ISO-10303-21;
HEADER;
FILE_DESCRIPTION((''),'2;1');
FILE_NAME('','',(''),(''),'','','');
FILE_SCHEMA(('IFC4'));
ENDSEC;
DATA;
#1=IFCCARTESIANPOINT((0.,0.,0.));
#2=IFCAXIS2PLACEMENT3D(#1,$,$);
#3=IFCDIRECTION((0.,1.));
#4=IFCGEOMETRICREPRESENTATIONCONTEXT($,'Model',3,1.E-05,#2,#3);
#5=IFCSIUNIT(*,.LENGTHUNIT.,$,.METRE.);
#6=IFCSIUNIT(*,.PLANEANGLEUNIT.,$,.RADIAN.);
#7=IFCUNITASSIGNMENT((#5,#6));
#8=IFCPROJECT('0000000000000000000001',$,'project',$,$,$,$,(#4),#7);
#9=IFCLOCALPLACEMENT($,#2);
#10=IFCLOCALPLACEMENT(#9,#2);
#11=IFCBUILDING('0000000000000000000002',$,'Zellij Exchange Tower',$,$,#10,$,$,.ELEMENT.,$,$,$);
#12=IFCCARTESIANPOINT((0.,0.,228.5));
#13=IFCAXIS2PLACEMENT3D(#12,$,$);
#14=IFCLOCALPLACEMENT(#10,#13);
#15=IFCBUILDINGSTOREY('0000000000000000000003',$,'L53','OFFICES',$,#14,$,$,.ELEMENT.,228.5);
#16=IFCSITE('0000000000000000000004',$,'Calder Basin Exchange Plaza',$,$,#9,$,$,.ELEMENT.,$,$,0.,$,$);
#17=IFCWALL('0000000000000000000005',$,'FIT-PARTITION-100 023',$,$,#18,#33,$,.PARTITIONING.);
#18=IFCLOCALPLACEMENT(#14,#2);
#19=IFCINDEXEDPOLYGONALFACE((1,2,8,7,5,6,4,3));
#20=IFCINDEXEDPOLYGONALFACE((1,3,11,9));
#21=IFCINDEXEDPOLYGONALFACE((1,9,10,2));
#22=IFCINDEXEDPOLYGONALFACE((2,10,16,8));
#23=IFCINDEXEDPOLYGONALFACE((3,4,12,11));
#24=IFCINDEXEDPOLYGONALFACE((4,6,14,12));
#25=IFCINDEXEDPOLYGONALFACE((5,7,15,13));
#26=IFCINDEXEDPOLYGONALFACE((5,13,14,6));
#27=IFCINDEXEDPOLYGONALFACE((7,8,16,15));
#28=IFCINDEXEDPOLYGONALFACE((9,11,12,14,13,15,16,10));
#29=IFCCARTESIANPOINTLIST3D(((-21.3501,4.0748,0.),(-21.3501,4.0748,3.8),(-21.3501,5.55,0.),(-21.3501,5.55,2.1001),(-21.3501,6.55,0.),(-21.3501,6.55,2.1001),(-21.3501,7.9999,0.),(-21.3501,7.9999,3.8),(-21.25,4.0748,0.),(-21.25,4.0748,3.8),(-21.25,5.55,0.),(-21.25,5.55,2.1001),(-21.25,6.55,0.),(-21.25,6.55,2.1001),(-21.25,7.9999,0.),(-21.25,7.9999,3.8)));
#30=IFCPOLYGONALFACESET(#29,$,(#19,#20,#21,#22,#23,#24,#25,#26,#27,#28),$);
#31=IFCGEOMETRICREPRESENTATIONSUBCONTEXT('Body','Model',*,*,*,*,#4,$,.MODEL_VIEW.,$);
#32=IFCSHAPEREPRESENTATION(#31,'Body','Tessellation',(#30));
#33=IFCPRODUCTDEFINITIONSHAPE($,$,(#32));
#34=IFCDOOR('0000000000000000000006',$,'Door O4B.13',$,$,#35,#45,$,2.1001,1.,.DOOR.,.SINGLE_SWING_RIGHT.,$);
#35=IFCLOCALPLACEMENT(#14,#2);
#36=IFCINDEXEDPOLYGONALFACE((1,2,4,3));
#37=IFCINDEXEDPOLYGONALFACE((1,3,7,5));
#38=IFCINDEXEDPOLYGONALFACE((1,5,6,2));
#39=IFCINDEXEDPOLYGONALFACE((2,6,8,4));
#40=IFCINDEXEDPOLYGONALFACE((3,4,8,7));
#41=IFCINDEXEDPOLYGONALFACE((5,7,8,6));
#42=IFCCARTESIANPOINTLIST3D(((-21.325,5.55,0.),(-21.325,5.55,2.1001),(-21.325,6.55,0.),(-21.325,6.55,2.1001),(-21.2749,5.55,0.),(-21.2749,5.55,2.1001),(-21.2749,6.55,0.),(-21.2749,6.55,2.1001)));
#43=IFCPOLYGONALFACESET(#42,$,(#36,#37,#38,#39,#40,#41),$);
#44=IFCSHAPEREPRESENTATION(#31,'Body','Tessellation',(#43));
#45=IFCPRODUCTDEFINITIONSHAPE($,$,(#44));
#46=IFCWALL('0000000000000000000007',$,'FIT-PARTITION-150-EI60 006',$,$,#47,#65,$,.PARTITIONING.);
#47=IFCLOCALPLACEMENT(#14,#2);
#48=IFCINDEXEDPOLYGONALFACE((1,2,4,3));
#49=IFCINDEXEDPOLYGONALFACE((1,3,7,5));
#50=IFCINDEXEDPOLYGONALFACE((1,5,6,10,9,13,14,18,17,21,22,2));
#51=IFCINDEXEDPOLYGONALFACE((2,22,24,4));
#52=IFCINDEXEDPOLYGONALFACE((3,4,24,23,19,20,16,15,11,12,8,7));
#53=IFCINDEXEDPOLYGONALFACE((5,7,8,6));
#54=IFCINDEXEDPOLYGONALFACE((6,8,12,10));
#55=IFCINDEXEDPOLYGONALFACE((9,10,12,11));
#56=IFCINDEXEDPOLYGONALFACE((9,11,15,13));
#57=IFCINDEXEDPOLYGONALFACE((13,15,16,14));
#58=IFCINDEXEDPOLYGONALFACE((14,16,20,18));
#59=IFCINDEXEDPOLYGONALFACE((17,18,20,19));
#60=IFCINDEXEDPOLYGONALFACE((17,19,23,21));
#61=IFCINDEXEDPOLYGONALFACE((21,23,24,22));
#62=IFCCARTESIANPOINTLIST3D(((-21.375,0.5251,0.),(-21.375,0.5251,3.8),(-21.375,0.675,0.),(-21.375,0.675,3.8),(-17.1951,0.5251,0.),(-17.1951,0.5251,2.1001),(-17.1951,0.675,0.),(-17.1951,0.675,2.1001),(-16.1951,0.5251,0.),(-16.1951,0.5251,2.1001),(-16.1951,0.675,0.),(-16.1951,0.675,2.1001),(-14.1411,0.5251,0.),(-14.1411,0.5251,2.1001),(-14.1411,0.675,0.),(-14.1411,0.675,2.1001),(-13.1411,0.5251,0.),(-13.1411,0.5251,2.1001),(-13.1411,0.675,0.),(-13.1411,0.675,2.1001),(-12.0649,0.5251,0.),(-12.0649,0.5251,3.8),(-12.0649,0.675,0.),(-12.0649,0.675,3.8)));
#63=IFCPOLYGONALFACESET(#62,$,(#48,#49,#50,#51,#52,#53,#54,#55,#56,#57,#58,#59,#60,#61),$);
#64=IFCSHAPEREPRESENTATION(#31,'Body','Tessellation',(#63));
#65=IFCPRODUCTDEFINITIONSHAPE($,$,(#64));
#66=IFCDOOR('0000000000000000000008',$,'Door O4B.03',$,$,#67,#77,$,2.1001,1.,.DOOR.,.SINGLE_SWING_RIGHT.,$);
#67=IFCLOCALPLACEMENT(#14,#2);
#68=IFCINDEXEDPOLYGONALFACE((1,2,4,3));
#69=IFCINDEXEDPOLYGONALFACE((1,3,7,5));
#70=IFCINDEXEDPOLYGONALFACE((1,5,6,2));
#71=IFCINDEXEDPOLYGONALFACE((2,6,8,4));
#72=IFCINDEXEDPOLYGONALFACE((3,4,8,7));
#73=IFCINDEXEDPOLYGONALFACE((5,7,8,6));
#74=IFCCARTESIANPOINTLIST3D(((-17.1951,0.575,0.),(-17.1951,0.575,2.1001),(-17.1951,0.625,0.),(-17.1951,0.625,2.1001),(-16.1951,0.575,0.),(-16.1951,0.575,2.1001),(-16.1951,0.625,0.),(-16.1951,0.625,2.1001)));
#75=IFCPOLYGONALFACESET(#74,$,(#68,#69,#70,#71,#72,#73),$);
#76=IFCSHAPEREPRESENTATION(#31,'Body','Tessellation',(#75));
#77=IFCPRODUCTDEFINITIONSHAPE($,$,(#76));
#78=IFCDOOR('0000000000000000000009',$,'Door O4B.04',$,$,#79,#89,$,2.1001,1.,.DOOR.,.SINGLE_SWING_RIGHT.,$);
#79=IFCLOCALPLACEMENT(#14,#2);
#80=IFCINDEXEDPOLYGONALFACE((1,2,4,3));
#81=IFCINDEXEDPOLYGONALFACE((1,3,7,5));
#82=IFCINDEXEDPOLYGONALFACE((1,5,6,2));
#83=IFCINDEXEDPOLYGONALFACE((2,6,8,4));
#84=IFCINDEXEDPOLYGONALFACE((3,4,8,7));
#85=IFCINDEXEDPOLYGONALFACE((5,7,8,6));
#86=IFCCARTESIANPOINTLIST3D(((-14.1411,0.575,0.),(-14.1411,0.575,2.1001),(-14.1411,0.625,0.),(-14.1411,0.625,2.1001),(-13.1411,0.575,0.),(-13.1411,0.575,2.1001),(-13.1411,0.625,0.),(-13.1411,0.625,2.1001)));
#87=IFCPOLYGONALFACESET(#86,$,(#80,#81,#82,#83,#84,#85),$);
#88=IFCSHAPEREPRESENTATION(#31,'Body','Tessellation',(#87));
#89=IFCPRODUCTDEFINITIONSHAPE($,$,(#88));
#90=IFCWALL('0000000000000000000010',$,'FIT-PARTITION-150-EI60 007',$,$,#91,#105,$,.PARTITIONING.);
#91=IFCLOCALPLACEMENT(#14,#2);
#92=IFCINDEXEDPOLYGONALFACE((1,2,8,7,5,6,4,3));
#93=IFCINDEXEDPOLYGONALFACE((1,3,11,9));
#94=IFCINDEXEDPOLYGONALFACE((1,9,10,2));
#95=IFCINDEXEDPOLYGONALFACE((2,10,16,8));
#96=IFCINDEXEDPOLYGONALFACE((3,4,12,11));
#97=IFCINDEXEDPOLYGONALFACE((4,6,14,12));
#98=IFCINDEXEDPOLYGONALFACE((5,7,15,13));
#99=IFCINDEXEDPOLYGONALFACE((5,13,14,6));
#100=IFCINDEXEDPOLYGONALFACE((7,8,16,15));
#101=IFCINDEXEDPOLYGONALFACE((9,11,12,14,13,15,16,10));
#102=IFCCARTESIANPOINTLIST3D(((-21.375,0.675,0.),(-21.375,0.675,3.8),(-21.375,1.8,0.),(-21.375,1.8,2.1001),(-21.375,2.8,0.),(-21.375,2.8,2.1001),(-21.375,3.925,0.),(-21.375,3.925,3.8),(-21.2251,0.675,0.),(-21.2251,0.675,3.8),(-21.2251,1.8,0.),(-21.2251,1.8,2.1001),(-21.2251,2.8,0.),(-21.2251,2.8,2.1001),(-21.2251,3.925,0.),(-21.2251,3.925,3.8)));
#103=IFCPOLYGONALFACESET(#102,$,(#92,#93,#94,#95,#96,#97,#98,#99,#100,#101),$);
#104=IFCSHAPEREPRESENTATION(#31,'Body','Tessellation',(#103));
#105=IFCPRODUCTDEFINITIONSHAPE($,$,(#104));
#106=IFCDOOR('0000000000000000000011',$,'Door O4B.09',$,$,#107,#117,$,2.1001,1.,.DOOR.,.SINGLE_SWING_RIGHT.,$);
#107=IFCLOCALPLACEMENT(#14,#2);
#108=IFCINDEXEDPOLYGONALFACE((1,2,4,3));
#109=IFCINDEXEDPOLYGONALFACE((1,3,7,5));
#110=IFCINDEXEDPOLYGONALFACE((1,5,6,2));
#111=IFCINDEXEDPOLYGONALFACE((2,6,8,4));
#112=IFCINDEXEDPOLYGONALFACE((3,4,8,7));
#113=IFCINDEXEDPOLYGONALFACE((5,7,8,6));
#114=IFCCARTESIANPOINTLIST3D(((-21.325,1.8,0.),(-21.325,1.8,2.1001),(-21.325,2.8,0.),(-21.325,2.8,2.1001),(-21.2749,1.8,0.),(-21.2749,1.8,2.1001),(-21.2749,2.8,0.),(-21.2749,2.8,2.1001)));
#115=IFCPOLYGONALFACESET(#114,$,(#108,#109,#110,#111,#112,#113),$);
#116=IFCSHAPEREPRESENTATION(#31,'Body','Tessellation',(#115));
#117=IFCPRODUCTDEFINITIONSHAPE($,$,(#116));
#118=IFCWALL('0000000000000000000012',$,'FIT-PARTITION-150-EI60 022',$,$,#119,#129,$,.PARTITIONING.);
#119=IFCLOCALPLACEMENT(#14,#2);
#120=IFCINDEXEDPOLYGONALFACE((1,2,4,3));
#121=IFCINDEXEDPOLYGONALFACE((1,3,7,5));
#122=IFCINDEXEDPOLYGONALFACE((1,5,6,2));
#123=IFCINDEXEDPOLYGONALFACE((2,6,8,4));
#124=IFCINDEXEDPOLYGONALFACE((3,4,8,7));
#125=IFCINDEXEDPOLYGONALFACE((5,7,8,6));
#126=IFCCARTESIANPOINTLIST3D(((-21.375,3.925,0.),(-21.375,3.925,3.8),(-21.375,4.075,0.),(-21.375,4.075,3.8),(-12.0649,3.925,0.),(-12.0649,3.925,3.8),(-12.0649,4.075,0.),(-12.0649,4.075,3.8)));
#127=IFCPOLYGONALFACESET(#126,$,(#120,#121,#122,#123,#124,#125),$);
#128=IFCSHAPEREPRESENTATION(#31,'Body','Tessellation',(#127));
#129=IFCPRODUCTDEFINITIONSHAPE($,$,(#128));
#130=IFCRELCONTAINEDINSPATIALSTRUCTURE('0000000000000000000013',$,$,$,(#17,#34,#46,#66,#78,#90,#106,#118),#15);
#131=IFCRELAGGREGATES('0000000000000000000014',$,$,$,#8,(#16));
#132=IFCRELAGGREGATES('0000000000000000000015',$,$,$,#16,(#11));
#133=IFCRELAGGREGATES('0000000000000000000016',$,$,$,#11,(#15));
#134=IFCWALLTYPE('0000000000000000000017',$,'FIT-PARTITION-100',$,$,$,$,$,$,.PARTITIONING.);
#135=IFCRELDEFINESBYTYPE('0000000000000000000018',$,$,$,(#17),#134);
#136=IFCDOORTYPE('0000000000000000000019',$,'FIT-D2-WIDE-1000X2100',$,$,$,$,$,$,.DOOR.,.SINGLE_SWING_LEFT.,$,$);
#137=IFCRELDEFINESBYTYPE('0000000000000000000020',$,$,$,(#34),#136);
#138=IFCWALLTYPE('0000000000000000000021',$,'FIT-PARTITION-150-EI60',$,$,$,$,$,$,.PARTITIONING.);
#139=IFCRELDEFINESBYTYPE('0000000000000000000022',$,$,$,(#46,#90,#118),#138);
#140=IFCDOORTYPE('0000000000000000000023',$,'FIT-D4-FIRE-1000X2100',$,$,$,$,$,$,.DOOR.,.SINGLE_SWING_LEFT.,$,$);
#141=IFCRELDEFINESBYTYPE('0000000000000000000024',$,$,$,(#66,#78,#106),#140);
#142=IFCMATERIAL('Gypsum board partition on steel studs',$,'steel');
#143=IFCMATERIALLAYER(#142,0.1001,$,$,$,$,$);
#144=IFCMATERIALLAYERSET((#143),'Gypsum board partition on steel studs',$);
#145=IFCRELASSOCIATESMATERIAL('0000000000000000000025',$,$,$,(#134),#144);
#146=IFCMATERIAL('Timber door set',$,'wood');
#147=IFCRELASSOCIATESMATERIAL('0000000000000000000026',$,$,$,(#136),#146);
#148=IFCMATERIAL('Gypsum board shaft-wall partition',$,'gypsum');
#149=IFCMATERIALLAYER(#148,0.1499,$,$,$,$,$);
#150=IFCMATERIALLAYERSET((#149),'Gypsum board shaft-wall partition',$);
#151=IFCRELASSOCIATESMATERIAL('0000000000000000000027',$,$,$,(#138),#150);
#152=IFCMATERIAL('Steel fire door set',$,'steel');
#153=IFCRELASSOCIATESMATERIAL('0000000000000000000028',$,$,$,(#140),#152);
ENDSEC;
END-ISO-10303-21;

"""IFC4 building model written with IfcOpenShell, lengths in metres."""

from ifc_helpers import new_model, si_unit, direction, frame, frame_2d, origin, place, context, subcontext, project, spatial, rectangle, extrude, material, layer, layer_set, type_object, element, fill, save


model = new_model("IFC4")

# Units and contexts
model_context = context("Model", 3, precision=1e-05, world=origin(), true_north=direction((0.0, 1.0)))
body_context = subcontext(model_context, "Body", "Model", "MODEL_VIEW")
ifc_project = project(units=[si_unit("LENGTHUNIT", "METRE"), si_unit("PLANEANGLEUNIT", "RADIAN")], contexts=[model_context])

# Site, building, storey
site_placement = place(None, origin())
site = spatial("IfcSite", under=ifc_project, at=site_placement, Name="Calder Basin Exchange Plaza", CompositionType="ELEMENT", RefElevation=0.0)
building_placement = place(site_placement, origin())
building = spatial("IfcBuilding", under=site, at=building_placement, Name="Zellij Exchange Tower", CompositionType="ELEMENT")
storey_placement = place(building_placement, frame((0.0, 0.0, 228.5)))
storey = spatial("IfcBuildingStorey", under=building, at=storey_placement, Name="L53", Description="OFFICES", CompositionType="ELEMENT", Elevation=228.5)

# Shared definitions
ifc_material_1 = material(Name="Gypsum board partition on steel studs", Category="steel")
ifc_layer_1 = layer(ifc_material_1, 0.1001)
ifc_layer_set_1 = layer_set([ifc_layer_1], Name="Gypsum board partition on steel studs")
wall_type_1 = type_object("IfcWallType", Name="FIT-PARTITION-100", PredefinedType="PARTITIONING", material=ifc_layer_set_1)

# Wall, opening, door
wall_1_placement = place(storey_placement, frame((-21.3, 4.075, 0.0), z_axis=(0.0, 0.0, 1.0), x_axis=(0.0, 1.0, 0.0)))
wall_1 = element("IfcWall", 1, at=wall_1_placement, inside=storey, type_object=wall_type_1, Name="FIT-PARTITION-100 023", PredefinedType="PARTITIONING", context=body_context, shape_type="SweptSolid", body=[
    extrude(rectangle(XDim=3.925, YDim=0.1001, at=frame_2d((1.9624, 0.0))), origin(), (0.0, 0.0, 1.0), 3.8),
])
opening_1_placement = place(wall_1_placement, frame((1.4751, 0.0, 0.0)))
opening_1 = element("IfcOpeningElement", 2, at=opening_1_placement, cuts=wall_1, PredefinedType="OPENING", context=body_context, shape_type="SweptSolid", body=[
    extrude(rectangle(XDim=1.0, YDim=2.1001, at=frame_2d((0.5, 1.05))), frame((0.0, 0.062, 0.0), z_axis=(0.0, -1.0, 0.0), x_axis=(1.0, 0.0, 0.0)), (0.0, 0.0, 1.0), 0.124),
])
ifc_material_2 = material(Name="Timber door set", Category="wood")
door_type_1 = type_object("IfcDoorType", Name="FIT-D2-WIDE-1000X2100", OperationType="SINGLE_SWING_LEFT", PredefinedType="DOOR", material=ifc_material_2)
door_1_placement = place(opening_1_placement, origin())
door_1 = element("IfcDoor", 3, at=door_1_placement, inside=storey, type_object=door_type_1, Name="Door O4B.13", OperationType="SINGLE_SWING_RIGHT", OverallHeight=2.1001, OverallWidth=1.0, PredefinedType="DOOR", context=body_context, shape_type="SweptSolid", body=[
    extrude(rectangle(XDim=1.0, YDim=2.1001, at=frame_2d((0.5, 1.05))), frame((0.0, 0.0249, 0.0), z_axis=(0.0, -1.0, 0.0), x_axis=(1.0, 0.0, 0.0)), (0.0, 0.0, 1.0), 0.05),
])
fill(opening_1, door_1)

# Wall, openings, doors
ifc_material_3 = material(Name="Gypsum board shaft-wall partition", Category="gypsum")
ifc_layer_2 = layer(ifc_material_3, 0.1499)
ifc_layer_set_2 = layer_set([ifc_layer_2], Name="Gypsum board shaft-wall partition")
wall_type_2 = type_object("IfcWallType", Name="FIT-PARTITION-150-EI60", PredefinedType="PARTITIONING", material=ifc_layer_set_2)
wall_2_placement = place(storey_placement, frame((-21.375, 0.6001, 0.0), z_axis=(0.0, 0.0, 1.0), x_axis=(1.0, 0.0, 0.0)))
wall_2 = element("IfcWall", 4, at=wall_2_placement, inside=storey, type_object=wall_type_2, Name="FIT-PARTITION-150-EI60 006", PredefinedType="PARTITIONING", context=body_context, shape_type="SweptSolid", body=[
    extrude(rectangle(XDim=9.3101, YDim=0.1499, at=frame_2d((4.655, 0.0))), origin(), (0.0, 0.0, 1.0), 3.8),
])
opening_2_placement = place(wall_2_placement, frame((4.1799, 0.0, 0.0)))
opening_2 = element("IfcOpeningElement", 5, at=opening_2_placement, cuts=wall_2, PredefinedType="OPENING", context=body_context, shape_type="SweptSolid", body=[
    extrude(rectangle(XDim=1.0, YDim=2.1001, at=frame_2d((0.5, 1.05))), frame((0.0, 0.0869, 0.0), z_axis=(0.0, -1.0, 0.0), x_axis=(1.0, 0.0, 0.0)), (0.0, 0.0, 1.0), 0.1738),
])
opening_3_placement = place(wall_2_placement, frame((7.2339, 0.0, 0.0)))
opening_3 = element("IfcOpeningElement", 6, at=opening_3_placement, cuts=wall_2, PredefinedType="OPENING", context=body_context, shape_type="SweptSolid", body=[
    extrude(rectangle(XDim=1.0, YDim=2.1001, at=frame_2d((0.5, 1.05))), frame((0.0, 0.0869, 0.0), z_axis=(0.0, -1.0, 0.0), x_axis=(1.0, 0.0, 0.0)), (0.0, 0.0, 1.0), 0.1738),
])
ifc_material_4 = material(Name="Steel fire door set", Category="steel")
door_type_2 = type_object("IfcDoorType", Name="FIT-D4-FIRE-1000X2100", OperationType="SINGLE_SWING_LEFT", PredefinedType="DOOR", material=ifc_material_4)
door_2_placement = place(opening_2_placement, origin())
door_2 = element("IfcDoor", 7, at=door_2_placement, inside=storey, type_object=door_type_2, Name="Door O4B.03", OperationType="SINGLE_SWING_RIGHT", OverallHeight=2.1001, OverallWidth=1.0, PredefinedType="DOOR", context=body_context, shape_type="SweptSolid", body=[
    extrude(rectangle(XDim=1.0, YDim=2.1001, at=frame_2d((0.5, 1.05))), frame((0.0, 0.0249, 0.0), z_axis=(0.0, -1.0, 0.0), x_axis=(1.0, 0.0, 0.0)), (0.0, 0.0, 1.0), 0.05),
])
fill(opening_2, door_2)
door_3_placement = place(opening_3_placement, origin())
door_3 = element("IfcDoor", 8, at=door_3_placement, inside=storey, type_object=door_type_2, Name="Door O4B.04", OperationType="SINGLE_SWING_RIGHT", OverallHeight=2.1001, OverallWidth=1.0, PredefinedType="DOOR", context=body_context, shape_type="SweptSolid", body=[
    extrude(rectangle(XDim=1.0, YDim=2.1001, at=frame_2d((0.5, 1.05))), frame((0.0, 0.0249, 0.0), z_axis=(0.0, -1.0, 0.0), x_axis=(1.0, 0.0, 0.0)), (0.0, 0.0, 1.0), 0.05),
])
fill(opening_3, door_3)

# Wall, opening, door
wall_3_placement = place(storey_placement, frame((-21.3, 0.675, 0.0), z_axis=(0.0, 0.0, 1.0), x_axis=(0.0, 1.0, 0.0)))
wall_3 = element("IfcWall", 9, at=wall_3_placement, inside=storey, type_object=wall_type_2, Name="FIT-PARTITION-150-EI60 007", PredefinedType="PARTITIONING", context=body_context, shape_type="SweptSolid", body=[
    extrude(rectangle(XDim=3.25, YDim=0.1499, at=frame_2d((1.625, 0.0))), origin(), (0.0, 0.0, 1.0), 3.8),
])
opening_4_placement = place(wall_3_placement, frame((1.125, 0.0, 0.0)))
opening_4 = element("IfcOpeningElement", 10, at=opening_4_placement, cuts=wall_3, PredefinedType="OPENING", context=body_context, shape_type="SweptSolid", body=[
    extrude(rectangle(XDim=1.0, YDim=2.1001, at=frame_2d((0.5, 1.05))), frame((0.0, 0.0869, 0.0), z_axis=(0.0, -1.0, 0.0), x_axis=(1.0, 0.0, 0.0)), (0.0, 0.0, 1.0), 0.1738),
])
door_4_placement = place(opening_4_placement, origin())
door_4 = element("IfcDoor", 11, at=door_4_placement, inside=storey, type_object=door_type_2, Name="Door O4B.09", OperationType="SINGLE_SWING_RIGHT", OverallHeight=2.1001, OverallWidth=1.0, PredefinedType="DOOR", context=body_context, shape_type="SweptSolid", body=[
    extrude(rectangle(XDim=1.0, YDim=2.1001, at=frame_2d((0.5, 1.05))), frame((0.0, 0.0249, 0.0), z_axis=(0.0, -1.0, 0.0), x_axis=(1.0, 0.0, 0.0)), (0.0, 0.0, 1.0), 0.05),
])
fill(opening_4, door_4)

# Wall
wall_4_placement = place(storey_placement, frame((-21.375, 4.0, 0.0), z_axis=(0.0, 0.0, 1.0), x_axis=(1.0, 0.0, 0.0)))
element("IfcWall", 12, at=wall_4_placement, inside=storey, type_object=wall_type_2, Name="FIT-PARTITION-150-EI60 022", PredefinedType="PARTITIONING", context=body_context, shape_type="SweptSolid", body=[
    extrude(rectangle(XDim=9.3101, YDim=0.1499, at=frame_2d((4.655, 0.0))), origin(), (0.0, 0.0, 1.0), 3.8),
])

save(model, "model.ifc")
